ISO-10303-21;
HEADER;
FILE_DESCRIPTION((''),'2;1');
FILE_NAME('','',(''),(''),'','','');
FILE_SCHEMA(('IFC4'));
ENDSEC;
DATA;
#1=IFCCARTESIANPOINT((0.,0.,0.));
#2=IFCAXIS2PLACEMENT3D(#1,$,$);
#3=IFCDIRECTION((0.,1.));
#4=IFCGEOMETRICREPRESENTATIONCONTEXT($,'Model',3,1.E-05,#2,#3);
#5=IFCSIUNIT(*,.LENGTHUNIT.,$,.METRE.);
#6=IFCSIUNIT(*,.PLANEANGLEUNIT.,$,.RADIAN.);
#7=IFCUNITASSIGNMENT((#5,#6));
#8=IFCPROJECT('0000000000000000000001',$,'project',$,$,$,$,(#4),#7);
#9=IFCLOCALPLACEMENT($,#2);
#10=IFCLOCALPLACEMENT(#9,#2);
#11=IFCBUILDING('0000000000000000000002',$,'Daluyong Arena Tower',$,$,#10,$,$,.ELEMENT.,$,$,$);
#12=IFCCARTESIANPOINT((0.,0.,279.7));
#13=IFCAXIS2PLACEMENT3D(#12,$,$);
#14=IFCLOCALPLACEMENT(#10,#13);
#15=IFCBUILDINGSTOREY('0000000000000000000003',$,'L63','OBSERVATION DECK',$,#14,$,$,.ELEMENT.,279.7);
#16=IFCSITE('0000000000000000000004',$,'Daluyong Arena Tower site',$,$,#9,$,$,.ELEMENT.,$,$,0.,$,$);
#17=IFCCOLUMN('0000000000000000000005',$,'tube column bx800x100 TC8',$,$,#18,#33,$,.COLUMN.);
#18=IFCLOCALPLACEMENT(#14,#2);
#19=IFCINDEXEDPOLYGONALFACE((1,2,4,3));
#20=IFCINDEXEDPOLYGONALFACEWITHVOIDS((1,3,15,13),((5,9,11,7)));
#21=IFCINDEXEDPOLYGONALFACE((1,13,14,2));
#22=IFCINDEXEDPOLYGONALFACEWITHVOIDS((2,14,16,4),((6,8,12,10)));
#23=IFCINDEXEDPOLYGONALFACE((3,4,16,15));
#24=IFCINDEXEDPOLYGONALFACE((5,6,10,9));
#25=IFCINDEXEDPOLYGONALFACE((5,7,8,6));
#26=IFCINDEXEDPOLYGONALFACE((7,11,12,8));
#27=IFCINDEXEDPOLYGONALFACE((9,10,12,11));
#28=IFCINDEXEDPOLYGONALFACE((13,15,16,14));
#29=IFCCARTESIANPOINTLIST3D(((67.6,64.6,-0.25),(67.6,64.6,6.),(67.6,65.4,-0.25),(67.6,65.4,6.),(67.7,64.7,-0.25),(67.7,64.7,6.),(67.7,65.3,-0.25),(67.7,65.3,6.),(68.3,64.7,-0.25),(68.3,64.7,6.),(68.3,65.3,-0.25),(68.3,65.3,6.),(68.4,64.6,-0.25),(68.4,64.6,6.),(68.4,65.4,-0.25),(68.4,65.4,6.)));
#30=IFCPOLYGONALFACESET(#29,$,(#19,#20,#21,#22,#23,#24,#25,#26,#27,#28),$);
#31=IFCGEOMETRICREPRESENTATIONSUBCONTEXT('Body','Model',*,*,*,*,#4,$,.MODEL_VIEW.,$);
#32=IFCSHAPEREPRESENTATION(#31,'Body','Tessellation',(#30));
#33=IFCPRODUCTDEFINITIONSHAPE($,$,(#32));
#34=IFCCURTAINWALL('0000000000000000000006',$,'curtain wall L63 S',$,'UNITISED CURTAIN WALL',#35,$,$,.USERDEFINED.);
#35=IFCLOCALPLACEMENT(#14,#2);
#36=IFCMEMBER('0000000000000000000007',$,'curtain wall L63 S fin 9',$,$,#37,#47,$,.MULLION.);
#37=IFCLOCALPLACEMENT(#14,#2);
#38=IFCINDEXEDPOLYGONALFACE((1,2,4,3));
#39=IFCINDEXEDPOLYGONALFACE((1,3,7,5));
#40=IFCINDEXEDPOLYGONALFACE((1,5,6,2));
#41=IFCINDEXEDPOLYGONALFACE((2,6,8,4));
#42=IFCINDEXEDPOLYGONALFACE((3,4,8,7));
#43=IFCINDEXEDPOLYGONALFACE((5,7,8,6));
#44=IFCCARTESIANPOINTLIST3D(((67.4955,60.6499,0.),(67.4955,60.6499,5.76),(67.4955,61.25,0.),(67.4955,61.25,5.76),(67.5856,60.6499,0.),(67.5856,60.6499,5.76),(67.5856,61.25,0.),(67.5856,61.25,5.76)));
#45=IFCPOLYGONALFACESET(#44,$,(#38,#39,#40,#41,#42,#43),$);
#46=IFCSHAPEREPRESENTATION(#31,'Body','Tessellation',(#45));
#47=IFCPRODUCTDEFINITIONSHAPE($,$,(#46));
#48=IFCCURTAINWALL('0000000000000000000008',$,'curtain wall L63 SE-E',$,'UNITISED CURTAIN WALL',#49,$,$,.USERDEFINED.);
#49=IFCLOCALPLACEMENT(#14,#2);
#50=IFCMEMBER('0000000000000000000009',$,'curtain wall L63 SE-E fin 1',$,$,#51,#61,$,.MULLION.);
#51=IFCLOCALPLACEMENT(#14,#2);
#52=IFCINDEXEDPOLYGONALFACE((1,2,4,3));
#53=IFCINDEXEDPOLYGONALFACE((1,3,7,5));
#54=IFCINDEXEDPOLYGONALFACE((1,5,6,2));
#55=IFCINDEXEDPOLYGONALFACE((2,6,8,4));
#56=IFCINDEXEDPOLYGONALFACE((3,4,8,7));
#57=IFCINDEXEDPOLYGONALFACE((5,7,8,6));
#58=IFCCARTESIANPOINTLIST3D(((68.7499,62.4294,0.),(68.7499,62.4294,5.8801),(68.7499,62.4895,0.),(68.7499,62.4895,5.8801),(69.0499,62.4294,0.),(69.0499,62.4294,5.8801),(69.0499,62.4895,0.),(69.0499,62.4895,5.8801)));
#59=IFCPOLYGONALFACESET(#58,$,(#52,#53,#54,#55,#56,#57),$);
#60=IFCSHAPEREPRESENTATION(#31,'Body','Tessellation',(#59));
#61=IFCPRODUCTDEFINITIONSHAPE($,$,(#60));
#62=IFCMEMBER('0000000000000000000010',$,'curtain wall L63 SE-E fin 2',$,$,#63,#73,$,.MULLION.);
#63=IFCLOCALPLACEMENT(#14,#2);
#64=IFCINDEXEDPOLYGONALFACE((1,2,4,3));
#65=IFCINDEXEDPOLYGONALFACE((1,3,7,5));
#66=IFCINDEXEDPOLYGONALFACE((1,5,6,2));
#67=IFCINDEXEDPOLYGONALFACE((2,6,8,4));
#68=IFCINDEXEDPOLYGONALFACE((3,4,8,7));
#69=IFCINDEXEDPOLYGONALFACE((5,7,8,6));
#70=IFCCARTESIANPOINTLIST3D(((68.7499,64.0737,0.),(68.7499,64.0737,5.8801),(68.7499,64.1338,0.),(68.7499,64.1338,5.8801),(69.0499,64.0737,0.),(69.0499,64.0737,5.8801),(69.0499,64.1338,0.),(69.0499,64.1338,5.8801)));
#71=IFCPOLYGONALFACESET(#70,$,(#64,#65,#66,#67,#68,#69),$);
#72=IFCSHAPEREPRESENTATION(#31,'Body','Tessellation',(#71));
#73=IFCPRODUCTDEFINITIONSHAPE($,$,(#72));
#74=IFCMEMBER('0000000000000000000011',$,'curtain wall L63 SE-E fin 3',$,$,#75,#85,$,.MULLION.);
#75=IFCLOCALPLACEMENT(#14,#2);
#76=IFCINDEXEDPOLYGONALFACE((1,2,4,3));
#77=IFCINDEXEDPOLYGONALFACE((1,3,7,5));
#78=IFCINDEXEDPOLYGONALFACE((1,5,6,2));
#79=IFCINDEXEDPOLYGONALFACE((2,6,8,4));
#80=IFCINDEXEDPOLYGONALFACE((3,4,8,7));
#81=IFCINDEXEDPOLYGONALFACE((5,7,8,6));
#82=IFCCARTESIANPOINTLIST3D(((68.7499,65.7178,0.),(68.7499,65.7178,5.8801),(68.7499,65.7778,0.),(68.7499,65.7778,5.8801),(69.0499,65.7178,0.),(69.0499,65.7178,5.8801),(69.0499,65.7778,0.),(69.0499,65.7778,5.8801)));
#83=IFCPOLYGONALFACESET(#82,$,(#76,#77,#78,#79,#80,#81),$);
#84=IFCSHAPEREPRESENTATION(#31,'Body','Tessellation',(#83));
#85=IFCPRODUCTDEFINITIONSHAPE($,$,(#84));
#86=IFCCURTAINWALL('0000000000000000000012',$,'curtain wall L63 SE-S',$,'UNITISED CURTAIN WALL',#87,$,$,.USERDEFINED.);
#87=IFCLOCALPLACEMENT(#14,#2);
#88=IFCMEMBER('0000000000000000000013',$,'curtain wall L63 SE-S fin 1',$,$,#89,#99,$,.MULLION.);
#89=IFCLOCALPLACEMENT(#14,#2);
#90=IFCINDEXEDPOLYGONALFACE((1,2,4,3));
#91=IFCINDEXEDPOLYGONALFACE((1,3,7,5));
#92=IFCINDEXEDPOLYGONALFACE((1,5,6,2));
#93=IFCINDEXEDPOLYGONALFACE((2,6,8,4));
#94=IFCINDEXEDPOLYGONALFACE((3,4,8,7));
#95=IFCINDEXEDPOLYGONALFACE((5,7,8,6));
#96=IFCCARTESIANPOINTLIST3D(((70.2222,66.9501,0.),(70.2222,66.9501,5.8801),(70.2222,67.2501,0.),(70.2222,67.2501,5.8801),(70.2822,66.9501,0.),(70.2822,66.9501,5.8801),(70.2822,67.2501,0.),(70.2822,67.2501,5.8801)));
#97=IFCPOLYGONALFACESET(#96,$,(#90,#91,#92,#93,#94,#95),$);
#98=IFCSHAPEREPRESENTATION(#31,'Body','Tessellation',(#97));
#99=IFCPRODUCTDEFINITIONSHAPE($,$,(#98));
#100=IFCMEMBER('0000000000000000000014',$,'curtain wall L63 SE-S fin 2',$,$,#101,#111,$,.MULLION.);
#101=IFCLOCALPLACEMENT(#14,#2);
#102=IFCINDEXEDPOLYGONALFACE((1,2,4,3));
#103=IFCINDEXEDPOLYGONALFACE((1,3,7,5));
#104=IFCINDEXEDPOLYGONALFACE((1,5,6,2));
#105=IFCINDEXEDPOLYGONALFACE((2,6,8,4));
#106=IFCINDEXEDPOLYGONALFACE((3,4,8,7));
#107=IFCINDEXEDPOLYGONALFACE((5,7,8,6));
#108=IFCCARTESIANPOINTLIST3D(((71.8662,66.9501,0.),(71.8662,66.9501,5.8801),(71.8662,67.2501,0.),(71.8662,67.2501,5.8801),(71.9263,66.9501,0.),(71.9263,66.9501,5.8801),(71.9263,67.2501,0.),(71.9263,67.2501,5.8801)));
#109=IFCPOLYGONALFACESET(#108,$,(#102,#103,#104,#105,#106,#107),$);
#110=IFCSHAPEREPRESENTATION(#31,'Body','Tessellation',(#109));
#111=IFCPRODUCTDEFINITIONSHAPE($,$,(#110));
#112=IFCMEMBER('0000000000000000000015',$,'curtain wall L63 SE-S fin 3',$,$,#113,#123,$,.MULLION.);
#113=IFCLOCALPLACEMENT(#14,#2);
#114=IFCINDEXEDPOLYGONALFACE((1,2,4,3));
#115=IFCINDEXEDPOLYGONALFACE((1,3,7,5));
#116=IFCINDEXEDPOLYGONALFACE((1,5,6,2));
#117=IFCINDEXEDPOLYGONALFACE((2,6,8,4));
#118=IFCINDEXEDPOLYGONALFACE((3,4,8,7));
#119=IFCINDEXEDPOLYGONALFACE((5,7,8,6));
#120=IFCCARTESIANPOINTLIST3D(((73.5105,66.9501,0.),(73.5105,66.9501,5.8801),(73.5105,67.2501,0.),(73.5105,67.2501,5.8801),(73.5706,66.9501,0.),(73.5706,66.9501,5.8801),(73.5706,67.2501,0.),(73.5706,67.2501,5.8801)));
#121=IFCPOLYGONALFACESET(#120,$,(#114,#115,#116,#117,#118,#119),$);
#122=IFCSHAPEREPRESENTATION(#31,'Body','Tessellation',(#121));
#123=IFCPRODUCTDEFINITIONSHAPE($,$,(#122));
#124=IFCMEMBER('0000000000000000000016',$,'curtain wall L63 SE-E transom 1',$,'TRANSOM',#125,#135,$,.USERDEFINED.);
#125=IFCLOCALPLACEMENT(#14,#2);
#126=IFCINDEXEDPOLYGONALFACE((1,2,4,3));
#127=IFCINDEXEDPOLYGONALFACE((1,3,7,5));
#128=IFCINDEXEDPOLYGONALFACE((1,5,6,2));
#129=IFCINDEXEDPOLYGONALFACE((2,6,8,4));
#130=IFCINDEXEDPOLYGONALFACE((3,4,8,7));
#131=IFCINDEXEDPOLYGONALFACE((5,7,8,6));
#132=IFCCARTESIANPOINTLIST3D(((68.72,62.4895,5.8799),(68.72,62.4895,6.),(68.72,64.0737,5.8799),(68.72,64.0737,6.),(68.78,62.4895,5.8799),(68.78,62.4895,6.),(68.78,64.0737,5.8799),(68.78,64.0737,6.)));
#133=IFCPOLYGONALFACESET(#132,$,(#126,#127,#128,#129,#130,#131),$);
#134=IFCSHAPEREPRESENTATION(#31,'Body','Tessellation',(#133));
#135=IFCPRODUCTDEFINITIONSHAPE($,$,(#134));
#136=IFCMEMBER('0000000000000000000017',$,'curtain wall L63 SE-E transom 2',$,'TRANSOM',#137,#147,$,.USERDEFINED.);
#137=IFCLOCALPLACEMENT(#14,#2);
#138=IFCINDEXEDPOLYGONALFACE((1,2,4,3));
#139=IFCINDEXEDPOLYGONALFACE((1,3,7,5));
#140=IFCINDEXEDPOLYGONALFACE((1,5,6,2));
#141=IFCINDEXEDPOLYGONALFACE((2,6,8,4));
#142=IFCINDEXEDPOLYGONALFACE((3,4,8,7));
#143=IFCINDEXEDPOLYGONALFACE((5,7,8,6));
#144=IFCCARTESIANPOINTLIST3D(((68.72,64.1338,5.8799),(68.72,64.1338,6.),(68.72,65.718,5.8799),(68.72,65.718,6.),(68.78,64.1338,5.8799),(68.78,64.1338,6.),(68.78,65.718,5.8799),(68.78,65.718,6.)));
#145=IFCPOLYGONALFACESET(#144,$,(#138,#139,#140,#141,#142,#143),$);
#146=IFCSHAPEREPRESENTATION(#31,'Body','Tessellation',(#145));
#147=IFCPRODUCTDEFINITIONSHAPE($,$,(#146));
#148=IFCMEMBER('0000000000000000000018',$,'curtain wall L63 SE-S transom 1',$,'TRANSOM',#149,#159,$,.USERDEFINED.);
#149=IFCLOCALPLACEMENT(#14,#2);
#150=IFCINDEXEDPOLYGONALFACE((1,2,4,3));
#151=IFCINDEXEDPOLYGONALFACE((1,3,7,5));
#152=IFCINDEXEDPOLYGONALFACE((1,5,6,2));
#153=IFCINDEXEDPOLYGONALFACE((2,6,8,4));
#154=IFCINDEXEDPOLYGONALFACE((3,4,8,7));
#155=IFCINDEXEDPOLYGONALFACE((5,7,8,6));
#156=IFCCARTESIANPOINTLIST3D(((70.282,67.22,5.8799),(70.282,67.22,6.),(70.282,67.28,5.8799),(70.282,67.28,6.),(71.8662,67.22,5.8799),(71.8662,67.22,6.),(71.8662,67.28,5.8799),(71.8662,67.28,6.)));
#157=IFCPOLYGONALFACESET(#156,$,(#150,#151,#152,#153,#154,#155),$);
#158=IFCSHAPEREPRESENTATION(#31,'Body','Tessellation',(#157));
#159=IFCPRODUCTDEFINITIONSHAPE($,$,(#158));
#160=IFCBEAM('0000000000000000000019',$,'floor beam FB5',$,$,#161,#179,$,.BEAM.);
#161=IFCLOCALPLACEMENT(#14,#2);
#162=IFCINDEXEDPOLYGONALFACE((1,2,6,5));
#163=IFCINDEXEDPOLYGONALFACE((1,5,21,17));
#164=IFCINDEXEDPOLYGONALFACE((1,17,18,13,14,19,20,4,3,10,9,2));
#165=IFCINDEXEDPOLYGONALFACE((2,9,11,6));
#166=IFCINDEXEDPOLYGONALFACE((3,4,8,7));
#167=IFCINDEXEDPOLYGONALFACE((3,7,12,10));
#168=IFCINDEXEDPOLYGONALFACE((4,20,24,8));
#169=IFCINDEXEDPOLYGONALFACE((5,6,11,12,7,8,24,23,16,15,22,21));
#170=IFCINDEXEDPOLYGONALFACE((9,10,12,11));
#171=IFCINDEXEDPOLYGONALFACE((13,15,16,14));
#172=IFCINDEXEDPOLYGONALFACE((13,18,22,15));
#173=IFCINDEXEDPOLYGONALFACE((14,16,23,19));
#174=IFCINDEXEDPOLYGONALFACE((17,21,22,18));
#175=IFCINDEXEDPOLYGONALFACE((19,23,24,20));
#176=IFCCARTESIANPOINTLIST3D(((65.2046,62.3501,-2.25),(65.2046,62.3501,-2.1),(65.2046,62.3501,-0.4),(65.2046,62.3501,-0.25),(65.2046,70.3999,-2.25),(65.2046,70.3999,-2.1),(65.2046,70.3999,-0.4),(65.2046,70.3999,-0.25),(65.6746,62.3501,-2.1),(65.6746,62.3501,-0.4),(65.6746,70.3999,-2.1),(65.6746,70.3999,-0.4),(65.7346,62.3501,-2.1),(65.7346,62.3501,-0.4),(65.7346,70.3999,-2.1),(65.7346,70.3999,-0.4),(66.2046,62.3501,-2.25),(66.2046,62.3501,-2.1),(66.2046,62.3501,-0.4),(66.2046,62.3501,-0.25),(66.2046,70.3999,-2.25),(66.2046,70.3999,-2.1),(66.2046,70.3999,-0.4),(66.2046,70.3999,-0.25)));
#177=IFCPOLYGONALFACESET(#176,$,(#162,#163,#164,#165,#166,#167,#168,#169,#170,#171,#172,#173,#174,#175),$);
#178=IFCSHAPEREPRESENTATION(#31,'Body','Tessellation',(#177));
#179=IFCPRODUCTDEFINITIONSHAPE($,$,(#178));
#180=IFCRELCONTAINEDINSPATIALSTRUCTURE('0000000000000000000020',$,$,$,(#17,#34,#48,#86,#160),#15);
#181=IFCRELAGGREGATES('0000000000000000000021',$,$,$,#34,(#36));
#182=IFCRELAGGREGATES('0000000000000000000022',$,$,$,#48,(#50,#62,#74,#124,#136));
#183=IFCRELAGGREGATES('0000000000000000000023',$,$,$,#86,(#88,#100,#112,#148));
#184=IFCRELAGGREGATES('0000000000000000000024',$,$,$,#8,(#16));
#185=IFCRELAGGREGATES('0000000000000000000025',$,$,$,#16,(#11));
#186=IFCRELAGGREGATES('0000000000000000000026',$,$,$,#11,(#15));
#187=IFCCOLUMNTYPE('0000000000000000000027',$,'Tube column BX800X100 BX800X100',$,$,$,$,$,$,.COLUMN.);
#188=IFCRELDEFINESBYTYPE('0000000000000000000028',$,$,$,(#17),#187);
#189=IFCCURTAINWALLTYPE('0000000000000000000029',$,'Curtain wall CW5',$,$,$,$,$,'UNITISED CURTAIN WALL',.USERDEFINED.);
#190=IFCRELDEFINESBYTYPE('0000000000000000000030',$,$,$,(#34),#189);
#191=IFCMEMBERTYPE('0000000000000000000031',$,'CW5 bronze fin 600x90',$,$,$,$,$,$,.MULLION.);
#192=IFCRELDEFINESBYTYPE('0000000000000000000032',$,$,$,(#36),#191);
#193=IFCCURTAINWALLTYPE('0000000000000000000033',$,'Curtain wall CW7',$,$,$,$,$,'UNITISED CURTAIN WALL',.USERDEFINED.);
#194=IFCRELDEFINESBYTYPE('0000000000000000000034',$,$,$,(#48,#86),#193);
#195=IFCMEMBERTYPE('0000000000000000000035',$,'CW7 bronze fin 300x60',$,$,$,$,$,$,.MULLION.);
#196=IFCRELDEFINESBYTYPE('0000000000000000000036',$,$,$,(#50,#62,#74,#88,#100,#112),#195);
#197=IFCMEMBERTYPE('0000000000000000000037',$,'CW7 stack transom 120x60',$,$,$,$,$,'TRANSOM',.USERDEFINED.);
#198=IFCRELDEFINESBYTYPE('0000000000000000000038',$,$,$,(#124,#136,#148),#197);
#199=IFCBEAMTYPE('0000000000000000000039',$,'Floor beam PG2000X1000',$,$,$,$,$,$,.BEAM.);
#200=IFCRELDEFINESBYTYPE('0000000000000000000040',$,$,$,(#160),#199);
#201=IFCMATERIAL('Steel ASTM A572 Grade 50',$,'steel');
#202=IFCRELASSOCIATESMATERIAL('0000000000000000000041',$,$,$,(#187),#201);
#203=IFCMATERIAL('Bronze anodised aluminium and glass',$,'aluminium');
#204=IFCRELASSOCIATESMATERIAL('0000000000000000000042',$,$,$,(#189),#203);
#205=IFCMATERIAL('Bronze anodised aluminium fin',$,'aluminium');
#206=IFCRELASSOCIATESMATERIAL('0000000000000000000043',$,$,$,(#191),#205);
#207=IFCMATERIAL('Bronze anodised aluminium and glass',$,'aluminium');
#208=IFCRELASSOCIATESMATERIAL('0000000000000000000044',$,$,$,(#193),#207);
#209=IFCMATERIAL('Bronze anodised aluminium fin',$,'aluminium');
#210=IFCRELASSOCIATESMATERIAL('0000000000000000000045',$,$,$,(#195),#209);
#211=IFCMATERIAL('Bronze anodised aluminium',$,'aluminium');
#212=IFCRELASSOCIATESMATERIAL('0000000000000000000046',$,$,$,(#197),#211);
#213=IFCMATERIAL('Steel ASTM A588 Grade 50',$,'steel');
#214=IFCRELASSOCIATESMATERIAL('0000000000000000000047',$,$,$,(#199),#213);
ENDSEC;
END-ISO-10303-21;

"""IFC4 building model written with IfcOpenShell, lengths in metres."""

from ifc_helpers import new_model, si_unit, direction, frame, origin, origin_2d, place, context, subcontext, project, spatial, rectangle, hollow_rectangle, i_section, extrude, material, material_profile, profile_set, type_object, element, aggregate, save


model = new_model("IFC4")

# Units and contexts
model_context = context("Model", 3, precision=1e-05, world=origin(), true_north=direction((0.0, 1.0)))
body_context = subcontext(model_context, "Body", "Model", "MODEL_VIEW")
ifc_project = project(units=[si_unit("LENGTHUNIT", "METRE"), si_unit("PLANEANGLEUNIT", "RADIAN")], contexts=[model_context])

# Site, building, storey
site_placement = place(None, origin())
site = spatial("IfcSite", under=ifc_project, at=site_placement, Name="Daluyong Arena Tower site", CompositionType="ELEMENT", RefElevation=0.0)
building_placement = place(site_placement, origin())
building = spatial("IfcBuilding", under=site, at=building_placement, Name="Daluyong Arena Tower", CompositionType="ELEMENT")
storey_placement = place(building_placement, frame((0.0, 0.0, 279.7)))
storey = spatial("IfcBuildingStorey", under=building, at=storey_placement, Name="L63", Description="OBSERVATION DECK", CompositionType="ELEMENT", Elevation=279.7)

# Column
ifc_material_1 = material(Name="Steel ASTM A572 Grade 50", Category="steel")
ifc_material_profile_1 = material_profile(ifc_material_1, hollow_rectangle(XDim=0.8, YDim=0.8, WallThickness=0.1, at=origin_2d()))
ifc_profile_set_1 = profile_set([ifc_material_profile_1], Name="Steel ASTM A572 Grade 50")
column_type_1 = type_object("IfcColumnType", Name="Tube column BX800X100 BX800X100", PredefinedType="COLUMN", material=ifc_profile_set_1)
column_1_placement = place(storey_placement, frame((68.0, 65.0, -0.25), z_axis=(0.0, 0.0, 1.0), x_axis=(0.0, 1.0, 0.0)))
element("IfcColumn", 1, at=column_1_placement, inside=storey, type_object=column_type_1, Name="tube column bx800x100 TC8", PredefinedType="COLUMN", context=body_context, shape_type="SweptSolid", body=[
    extrude(hollow_rectangle(XDim=0.8, YDim=0.8, WallThickness=0.1, at=origin_2d()), origin(), (0.0, 0.0, 1.0), 6.25),
])

# Curtain wall, member
ifc_material_2 = material(Name="Bronze anodised aluminium and glass", Category="aluminium")
curtain_wall_type_1 = type_object("IfcCurtainWallType", Name="Curtain wall CW5", ElementType="UNITISED CURTAIN WALL", PredefinedType="USERDEFINED", material=ifc_material_2)
curtain_wall_1_placement = place(storey_placement, origin())
curtain_wall_1 = element("IfcCurtainWall", 2, at=curtain_wall_1_placement, inside=storey, type_object=curtain_wall_type_1, Name="curtain wall L63 S", ObjectType="UNITISED CURTAIN WALL", PredefinedType="USERDEFINED")
ifc_material_3 = material(Name="Bronze anodised aluminium fin", Category="aluminium")
ifc_material_profile_2 = material_profile(ifc_material_3, rectangle(XDim=0.6001, YDim=0.0901, at=origin_2d()))
ifc_profile_set_2 = profile_set([ifc_material_profile_2], Name="Bronze anodised aluminium fin")
member_type_1 = type_object("IfcMemberType", Name="CW5 bronze fin 600x90", PredefinedType="MULLION", material=ifc_profile_set_2)
member_1_placement = place(storey_placement, frame((67.5405, 60.95, 0.0), z_axis=(0.0, 0.0, 1.0), x_axis=(0.0, 1.0, 0.0)))
member_1 = element("IfcMember", 3, at=member_1_placement, type_object=member_type_1, Name="curtain wall L63 S fin 9", PredefinedType="MULLION", context=body_context, shape_type="SweptSolid", body=[
    extrude(rectangle(XDim=0.6001, YDim=0.0901, at=origin_2d()), origin(), (0.0, 0.0, 1.0), 5.76),
])

# Curtain walls, members
ifc_material_4 = material(Name="Bronze anodised aluminium and glass", Category="aluminium")
curtain_wall_type_2 = type_object("IfcCurtainWallType", Name="Curtain wall CW7", ElementType="UNITISED CURTAIN WALL", PredefinedType="USERDEFINED", material=ifc_material_4)
curtain_wall_2_placement = place(storey_placement, origin())
curtain_wall_2 = element("IfcCurtainWall", 4, at=curtain_wall_2_placement, inside=storey, type_object=curtain_wall_type_2, Name="curtain wall L63 SE-E", ObjectType="UNITISED CURTAIN WALL", PredefinedType="USERDEFINED")
ifc_material_5 = material(Name="Bronze anodised aluminium fin", Category="aluminium")
ifc_material_profile_3 = material_profile(ifc_material_5, rectangle(XDim=0.3, YDim=0.0601, at=origin_2d()))
ifc_profile_set_3 = profile_set([ifc_material_profile_3], Name="Bronze anodised aluminium fin")
member_type_2 = type_object("IfcMemberType", Name="CW7 bronze fin 300x60", PredefinedType="MULLION", material=ifc_profile_set_3)
member_2_placement = place(storey_placement, frame((68.8999, 62.4595, 0.0), z_axis=(0.0, 0.0, 1.0), x_axis=(-1.0, 0.0, 0.0)))
member_2 = element("IfcMember", 5, at=member_2_placement, type_object=member_type_2, Name="curtain wall L63 SE-E fin 1", PredefinedType="MULLION", context=body_context, shape_type="SweptSolid", body=[
    extrude(rectangle(XDim=0.3, YDim=0.0601, at=origin_2d()), origin(), (0.0, 0.0, 1.0), 5.8801),
])
member_3_placement = place(storey_placement, frame((68.8999, 64.1038, 0.0), z_axis=(0.0, 0.0, 1.0), x_axis=(-1.0, 0.0, 0.0)))
member_3 = element("IfcMember", 6, at=member_3_placement, type_object=member_type_2, Name="curtain wall L63 SE-E fin 2", PredefinedType="MULLION", context=body_context, shape_type="SweptSolid", body=[
    extrude(rectangle(XDim=0.3, YDim=0.0601, at=origin_2d()), origin(), (0.0, 0.0, 1.0), 5.8801),
])
member_4_placement = place(storey_placement, frame((68.8999, 65.7478, 0.0), z_axis=(0.0, 0.0, 1.0), x_axis=(-1.0, 0.0, 0.0)))
member_4 = element("IfcMember", 7, at=member_4_placement, type_object=member_type_2, Name="curtain wall L63 SE-E fin 3", PredefinedType="MULLION", context=body_context, shape_type="SweptSolid", body=[
    extrude(rectangle(XDim=0.3, YDim=0.0601, at=origin_2d()), origin(), (0.0, 0.0, 1.0), 5.8801),
])
curtain_wall_3_placement = place(storey_placement, origin())
curtain_wall_3 = element("IfcCurtainWall", 8, at=curtain_wall_3_placement, inside=storey, type_object=curtain_wall_type_2, Name="curtain wall L63 SE-S", ObjectType="UNITISED CURTAIN WALL", PredefinedType="USERDEFINED")
member_5_placement = place(storey_placement, frame((70.2522, 67.1001, 0.0), z_axis=(0.0, 0.0, 1.0), x_axis=(0.0, 1.0, 0.0)))
member_5 = element("IfcMember", 9, at=member_5_placement, type_object=member_type_2, Name="curtain wall L63 SE-S fin 1", PredefinedType="MULLION", context=body_context, shape_type="SweptSolid", body=[
    extrude(rectangle(XDim=0.3, YDim=0.0601, at=origin_2d()), origin(), (0.0, 0.0, 1.0), 5.8801),
])
member_6_placement = place(storey_placement, frame((71.8962, 67.1001, 0.0), z_axis=(0.0, 0.0, 1.0), x_axis=(0.0, 1.0, 0.0)))
member_6 = element("IfcMember", 10, at=member_6_placement, type_object=member_type_2, Name="curtain wall L63 SE-S fin 2", PredefinedType="MULLION", context=body_context, shape_type="SweptSolid", body=[
    extrude(rectangle(XDim=0.3, YDim=0.0601, at=origin_2d()), origin(), (0.0, 0.0, 1.0), 5.8801),
])
member_7_placement = place(storey_placement, frame((73.5405, 67.1001, 0.0), z_axis=(0.0, 0.0, 1.0), x_axis=(0.0, 1.0, 0.0)))
member_7 = element("IfcMember", 11, at=member_7_placement, type_object=member_type_2, Name="curtain wall L63 SE-S fin 3", PredefinedType="MULLION", context=body_context, shape_type="SweptSolid", body=[
    extrude(rectangle(XDim=0.3, YDim=0.0601, at=origin_2d()), origin(), (0.0, 0.0, 1.0), 5.8801),
])

# Members
ifc_material_6 = material(Name="Bronze anodised aluminium", Category="aluminium")
ifc_material_profile_4 = material_profile(ifc_material_6, rectangle(XDim=0.0601, YDim=0.1201, at=origin_2d()))
ifc_profile_set_4 = profile_set([ifc_material_profile_4], Name="Bronze anodised aluminium")
member_type_3 = type_object("IfcMemberType", Name="CW7 stack transom 120x60", ElementType="TRANSOM", PredefinedType="USERDEFINED", material=ifc_profile_set_4)
member_8_placement = place(storey_placement, frame((68.75, 62.4895, 5.9399), z_axis=(0.0, 1.0, 0.0), x_axis=(-1.0, 0.0, 0.0)))
member_8 = element("IfcMember", 12, at=member_8_placement, type_object=member_type_3, Name="curtain wall L63 SE-E transom 1", ObjectType="TRANSOM", PredefinedType="USERDEFINED", context=body_context, shape_type="SweptSolid", body=[
    extrude(rectangle(XDim=0.0601, YDim=0.1201, at=origin_2d()), origin(), (0.0, 0.0, 1.0), 1.5842),
])
member_9_placement = place(storey_placement, frame((68.75, 64.1338, 5.9399), z_axis=(0.0, 1.0, 0.0), x_axis=(-1.0, 0.0, 0.0)))
member_9 = element("IfcMember", 13, at=member_9_placement, type_object=member_type_3, Name="curtain wall L63 SE-E transom 2", ObjectType="TRANSOM", PredefinedType="USERDEFINED", context=body_context, shape_type="SweptSolid", body=[
    extrude(rectangle(XDim=0.0601, YDim=0.1201, at=origin_2d()), origin(), (0.0, 0.0, 1.0), 1.5842),
])
member_10_placement = place(storey_placement, frame((70.282, 67.25, 5.9399), z_axis=(1.0, 0.0, 0.0), x_axis=(0.0, 1.0, 0.0)))
member_10 = element("IfcMember", 14, at=member_10_placement, type_object=member_type_3, Name="curtain wall L63 SE-S transom 1", ObjectType="TRANSOM", PredefinedType="USERDEFINED", context=body_context, shape_type="SweptSolid", body=[
    extrude(rectangle(XDim=0.0601, YDim=0.1201, at=origin_2d()), origin(), (0.0, 0.0, 1.0), 1.5842),
])

# Beam
ifc_material_7 = material(Name="Steel ASTM A588 Grade 50", Category="steel")
ifc_material_profile_5 = material_profile(ifc_material_7, i_section(OverallWidth=1.0, OverallDepth=2.0, WebThickness=0.06, FlangeThickness=0.15, at=origin_2d()))
ifc_profile_set_5 = profile_set([ifc_material_profile_5], Name="Steel ASTM A588 Grade 50")
beam_type_1 = type_object("IfcBeamType", Name="Floor beam PG2000X1000", PredefinedType="BEAM", material=ifc_profile_set_5)
beam_1_placement = place(storey_placement, frame((65.7046, 62.3501, -1.25), z_axis=(0.0, 1.0, 0.0), x_axis=(-1.0, 0.0, 0.0)))
element("IfcBeam", 15, at=beam_1_placement, inside=storey, type_object=beam_type_1, Name="floor beam FB5", PredefinedType="BEAM", context=body_context, shape_type="SweptSolid", body=[
    extrude(i_section(OverallWidth=1.0, OverallDepth=2.0, WebThickness=0.06, FlangeThickness=0.15, at=origin_2d()), origin(), (0.0, 0.0, 1.0), 8.0498),
])

aggregate(curtain_wall_1, [member_1])
aggregate(curtain_wall_2, [member_2, member_3, member_4, member_8, member_9])
aggregate(curtain_wall_3, [member_5, member_6, member_7, member_10])

save(model, "model.ifc")
